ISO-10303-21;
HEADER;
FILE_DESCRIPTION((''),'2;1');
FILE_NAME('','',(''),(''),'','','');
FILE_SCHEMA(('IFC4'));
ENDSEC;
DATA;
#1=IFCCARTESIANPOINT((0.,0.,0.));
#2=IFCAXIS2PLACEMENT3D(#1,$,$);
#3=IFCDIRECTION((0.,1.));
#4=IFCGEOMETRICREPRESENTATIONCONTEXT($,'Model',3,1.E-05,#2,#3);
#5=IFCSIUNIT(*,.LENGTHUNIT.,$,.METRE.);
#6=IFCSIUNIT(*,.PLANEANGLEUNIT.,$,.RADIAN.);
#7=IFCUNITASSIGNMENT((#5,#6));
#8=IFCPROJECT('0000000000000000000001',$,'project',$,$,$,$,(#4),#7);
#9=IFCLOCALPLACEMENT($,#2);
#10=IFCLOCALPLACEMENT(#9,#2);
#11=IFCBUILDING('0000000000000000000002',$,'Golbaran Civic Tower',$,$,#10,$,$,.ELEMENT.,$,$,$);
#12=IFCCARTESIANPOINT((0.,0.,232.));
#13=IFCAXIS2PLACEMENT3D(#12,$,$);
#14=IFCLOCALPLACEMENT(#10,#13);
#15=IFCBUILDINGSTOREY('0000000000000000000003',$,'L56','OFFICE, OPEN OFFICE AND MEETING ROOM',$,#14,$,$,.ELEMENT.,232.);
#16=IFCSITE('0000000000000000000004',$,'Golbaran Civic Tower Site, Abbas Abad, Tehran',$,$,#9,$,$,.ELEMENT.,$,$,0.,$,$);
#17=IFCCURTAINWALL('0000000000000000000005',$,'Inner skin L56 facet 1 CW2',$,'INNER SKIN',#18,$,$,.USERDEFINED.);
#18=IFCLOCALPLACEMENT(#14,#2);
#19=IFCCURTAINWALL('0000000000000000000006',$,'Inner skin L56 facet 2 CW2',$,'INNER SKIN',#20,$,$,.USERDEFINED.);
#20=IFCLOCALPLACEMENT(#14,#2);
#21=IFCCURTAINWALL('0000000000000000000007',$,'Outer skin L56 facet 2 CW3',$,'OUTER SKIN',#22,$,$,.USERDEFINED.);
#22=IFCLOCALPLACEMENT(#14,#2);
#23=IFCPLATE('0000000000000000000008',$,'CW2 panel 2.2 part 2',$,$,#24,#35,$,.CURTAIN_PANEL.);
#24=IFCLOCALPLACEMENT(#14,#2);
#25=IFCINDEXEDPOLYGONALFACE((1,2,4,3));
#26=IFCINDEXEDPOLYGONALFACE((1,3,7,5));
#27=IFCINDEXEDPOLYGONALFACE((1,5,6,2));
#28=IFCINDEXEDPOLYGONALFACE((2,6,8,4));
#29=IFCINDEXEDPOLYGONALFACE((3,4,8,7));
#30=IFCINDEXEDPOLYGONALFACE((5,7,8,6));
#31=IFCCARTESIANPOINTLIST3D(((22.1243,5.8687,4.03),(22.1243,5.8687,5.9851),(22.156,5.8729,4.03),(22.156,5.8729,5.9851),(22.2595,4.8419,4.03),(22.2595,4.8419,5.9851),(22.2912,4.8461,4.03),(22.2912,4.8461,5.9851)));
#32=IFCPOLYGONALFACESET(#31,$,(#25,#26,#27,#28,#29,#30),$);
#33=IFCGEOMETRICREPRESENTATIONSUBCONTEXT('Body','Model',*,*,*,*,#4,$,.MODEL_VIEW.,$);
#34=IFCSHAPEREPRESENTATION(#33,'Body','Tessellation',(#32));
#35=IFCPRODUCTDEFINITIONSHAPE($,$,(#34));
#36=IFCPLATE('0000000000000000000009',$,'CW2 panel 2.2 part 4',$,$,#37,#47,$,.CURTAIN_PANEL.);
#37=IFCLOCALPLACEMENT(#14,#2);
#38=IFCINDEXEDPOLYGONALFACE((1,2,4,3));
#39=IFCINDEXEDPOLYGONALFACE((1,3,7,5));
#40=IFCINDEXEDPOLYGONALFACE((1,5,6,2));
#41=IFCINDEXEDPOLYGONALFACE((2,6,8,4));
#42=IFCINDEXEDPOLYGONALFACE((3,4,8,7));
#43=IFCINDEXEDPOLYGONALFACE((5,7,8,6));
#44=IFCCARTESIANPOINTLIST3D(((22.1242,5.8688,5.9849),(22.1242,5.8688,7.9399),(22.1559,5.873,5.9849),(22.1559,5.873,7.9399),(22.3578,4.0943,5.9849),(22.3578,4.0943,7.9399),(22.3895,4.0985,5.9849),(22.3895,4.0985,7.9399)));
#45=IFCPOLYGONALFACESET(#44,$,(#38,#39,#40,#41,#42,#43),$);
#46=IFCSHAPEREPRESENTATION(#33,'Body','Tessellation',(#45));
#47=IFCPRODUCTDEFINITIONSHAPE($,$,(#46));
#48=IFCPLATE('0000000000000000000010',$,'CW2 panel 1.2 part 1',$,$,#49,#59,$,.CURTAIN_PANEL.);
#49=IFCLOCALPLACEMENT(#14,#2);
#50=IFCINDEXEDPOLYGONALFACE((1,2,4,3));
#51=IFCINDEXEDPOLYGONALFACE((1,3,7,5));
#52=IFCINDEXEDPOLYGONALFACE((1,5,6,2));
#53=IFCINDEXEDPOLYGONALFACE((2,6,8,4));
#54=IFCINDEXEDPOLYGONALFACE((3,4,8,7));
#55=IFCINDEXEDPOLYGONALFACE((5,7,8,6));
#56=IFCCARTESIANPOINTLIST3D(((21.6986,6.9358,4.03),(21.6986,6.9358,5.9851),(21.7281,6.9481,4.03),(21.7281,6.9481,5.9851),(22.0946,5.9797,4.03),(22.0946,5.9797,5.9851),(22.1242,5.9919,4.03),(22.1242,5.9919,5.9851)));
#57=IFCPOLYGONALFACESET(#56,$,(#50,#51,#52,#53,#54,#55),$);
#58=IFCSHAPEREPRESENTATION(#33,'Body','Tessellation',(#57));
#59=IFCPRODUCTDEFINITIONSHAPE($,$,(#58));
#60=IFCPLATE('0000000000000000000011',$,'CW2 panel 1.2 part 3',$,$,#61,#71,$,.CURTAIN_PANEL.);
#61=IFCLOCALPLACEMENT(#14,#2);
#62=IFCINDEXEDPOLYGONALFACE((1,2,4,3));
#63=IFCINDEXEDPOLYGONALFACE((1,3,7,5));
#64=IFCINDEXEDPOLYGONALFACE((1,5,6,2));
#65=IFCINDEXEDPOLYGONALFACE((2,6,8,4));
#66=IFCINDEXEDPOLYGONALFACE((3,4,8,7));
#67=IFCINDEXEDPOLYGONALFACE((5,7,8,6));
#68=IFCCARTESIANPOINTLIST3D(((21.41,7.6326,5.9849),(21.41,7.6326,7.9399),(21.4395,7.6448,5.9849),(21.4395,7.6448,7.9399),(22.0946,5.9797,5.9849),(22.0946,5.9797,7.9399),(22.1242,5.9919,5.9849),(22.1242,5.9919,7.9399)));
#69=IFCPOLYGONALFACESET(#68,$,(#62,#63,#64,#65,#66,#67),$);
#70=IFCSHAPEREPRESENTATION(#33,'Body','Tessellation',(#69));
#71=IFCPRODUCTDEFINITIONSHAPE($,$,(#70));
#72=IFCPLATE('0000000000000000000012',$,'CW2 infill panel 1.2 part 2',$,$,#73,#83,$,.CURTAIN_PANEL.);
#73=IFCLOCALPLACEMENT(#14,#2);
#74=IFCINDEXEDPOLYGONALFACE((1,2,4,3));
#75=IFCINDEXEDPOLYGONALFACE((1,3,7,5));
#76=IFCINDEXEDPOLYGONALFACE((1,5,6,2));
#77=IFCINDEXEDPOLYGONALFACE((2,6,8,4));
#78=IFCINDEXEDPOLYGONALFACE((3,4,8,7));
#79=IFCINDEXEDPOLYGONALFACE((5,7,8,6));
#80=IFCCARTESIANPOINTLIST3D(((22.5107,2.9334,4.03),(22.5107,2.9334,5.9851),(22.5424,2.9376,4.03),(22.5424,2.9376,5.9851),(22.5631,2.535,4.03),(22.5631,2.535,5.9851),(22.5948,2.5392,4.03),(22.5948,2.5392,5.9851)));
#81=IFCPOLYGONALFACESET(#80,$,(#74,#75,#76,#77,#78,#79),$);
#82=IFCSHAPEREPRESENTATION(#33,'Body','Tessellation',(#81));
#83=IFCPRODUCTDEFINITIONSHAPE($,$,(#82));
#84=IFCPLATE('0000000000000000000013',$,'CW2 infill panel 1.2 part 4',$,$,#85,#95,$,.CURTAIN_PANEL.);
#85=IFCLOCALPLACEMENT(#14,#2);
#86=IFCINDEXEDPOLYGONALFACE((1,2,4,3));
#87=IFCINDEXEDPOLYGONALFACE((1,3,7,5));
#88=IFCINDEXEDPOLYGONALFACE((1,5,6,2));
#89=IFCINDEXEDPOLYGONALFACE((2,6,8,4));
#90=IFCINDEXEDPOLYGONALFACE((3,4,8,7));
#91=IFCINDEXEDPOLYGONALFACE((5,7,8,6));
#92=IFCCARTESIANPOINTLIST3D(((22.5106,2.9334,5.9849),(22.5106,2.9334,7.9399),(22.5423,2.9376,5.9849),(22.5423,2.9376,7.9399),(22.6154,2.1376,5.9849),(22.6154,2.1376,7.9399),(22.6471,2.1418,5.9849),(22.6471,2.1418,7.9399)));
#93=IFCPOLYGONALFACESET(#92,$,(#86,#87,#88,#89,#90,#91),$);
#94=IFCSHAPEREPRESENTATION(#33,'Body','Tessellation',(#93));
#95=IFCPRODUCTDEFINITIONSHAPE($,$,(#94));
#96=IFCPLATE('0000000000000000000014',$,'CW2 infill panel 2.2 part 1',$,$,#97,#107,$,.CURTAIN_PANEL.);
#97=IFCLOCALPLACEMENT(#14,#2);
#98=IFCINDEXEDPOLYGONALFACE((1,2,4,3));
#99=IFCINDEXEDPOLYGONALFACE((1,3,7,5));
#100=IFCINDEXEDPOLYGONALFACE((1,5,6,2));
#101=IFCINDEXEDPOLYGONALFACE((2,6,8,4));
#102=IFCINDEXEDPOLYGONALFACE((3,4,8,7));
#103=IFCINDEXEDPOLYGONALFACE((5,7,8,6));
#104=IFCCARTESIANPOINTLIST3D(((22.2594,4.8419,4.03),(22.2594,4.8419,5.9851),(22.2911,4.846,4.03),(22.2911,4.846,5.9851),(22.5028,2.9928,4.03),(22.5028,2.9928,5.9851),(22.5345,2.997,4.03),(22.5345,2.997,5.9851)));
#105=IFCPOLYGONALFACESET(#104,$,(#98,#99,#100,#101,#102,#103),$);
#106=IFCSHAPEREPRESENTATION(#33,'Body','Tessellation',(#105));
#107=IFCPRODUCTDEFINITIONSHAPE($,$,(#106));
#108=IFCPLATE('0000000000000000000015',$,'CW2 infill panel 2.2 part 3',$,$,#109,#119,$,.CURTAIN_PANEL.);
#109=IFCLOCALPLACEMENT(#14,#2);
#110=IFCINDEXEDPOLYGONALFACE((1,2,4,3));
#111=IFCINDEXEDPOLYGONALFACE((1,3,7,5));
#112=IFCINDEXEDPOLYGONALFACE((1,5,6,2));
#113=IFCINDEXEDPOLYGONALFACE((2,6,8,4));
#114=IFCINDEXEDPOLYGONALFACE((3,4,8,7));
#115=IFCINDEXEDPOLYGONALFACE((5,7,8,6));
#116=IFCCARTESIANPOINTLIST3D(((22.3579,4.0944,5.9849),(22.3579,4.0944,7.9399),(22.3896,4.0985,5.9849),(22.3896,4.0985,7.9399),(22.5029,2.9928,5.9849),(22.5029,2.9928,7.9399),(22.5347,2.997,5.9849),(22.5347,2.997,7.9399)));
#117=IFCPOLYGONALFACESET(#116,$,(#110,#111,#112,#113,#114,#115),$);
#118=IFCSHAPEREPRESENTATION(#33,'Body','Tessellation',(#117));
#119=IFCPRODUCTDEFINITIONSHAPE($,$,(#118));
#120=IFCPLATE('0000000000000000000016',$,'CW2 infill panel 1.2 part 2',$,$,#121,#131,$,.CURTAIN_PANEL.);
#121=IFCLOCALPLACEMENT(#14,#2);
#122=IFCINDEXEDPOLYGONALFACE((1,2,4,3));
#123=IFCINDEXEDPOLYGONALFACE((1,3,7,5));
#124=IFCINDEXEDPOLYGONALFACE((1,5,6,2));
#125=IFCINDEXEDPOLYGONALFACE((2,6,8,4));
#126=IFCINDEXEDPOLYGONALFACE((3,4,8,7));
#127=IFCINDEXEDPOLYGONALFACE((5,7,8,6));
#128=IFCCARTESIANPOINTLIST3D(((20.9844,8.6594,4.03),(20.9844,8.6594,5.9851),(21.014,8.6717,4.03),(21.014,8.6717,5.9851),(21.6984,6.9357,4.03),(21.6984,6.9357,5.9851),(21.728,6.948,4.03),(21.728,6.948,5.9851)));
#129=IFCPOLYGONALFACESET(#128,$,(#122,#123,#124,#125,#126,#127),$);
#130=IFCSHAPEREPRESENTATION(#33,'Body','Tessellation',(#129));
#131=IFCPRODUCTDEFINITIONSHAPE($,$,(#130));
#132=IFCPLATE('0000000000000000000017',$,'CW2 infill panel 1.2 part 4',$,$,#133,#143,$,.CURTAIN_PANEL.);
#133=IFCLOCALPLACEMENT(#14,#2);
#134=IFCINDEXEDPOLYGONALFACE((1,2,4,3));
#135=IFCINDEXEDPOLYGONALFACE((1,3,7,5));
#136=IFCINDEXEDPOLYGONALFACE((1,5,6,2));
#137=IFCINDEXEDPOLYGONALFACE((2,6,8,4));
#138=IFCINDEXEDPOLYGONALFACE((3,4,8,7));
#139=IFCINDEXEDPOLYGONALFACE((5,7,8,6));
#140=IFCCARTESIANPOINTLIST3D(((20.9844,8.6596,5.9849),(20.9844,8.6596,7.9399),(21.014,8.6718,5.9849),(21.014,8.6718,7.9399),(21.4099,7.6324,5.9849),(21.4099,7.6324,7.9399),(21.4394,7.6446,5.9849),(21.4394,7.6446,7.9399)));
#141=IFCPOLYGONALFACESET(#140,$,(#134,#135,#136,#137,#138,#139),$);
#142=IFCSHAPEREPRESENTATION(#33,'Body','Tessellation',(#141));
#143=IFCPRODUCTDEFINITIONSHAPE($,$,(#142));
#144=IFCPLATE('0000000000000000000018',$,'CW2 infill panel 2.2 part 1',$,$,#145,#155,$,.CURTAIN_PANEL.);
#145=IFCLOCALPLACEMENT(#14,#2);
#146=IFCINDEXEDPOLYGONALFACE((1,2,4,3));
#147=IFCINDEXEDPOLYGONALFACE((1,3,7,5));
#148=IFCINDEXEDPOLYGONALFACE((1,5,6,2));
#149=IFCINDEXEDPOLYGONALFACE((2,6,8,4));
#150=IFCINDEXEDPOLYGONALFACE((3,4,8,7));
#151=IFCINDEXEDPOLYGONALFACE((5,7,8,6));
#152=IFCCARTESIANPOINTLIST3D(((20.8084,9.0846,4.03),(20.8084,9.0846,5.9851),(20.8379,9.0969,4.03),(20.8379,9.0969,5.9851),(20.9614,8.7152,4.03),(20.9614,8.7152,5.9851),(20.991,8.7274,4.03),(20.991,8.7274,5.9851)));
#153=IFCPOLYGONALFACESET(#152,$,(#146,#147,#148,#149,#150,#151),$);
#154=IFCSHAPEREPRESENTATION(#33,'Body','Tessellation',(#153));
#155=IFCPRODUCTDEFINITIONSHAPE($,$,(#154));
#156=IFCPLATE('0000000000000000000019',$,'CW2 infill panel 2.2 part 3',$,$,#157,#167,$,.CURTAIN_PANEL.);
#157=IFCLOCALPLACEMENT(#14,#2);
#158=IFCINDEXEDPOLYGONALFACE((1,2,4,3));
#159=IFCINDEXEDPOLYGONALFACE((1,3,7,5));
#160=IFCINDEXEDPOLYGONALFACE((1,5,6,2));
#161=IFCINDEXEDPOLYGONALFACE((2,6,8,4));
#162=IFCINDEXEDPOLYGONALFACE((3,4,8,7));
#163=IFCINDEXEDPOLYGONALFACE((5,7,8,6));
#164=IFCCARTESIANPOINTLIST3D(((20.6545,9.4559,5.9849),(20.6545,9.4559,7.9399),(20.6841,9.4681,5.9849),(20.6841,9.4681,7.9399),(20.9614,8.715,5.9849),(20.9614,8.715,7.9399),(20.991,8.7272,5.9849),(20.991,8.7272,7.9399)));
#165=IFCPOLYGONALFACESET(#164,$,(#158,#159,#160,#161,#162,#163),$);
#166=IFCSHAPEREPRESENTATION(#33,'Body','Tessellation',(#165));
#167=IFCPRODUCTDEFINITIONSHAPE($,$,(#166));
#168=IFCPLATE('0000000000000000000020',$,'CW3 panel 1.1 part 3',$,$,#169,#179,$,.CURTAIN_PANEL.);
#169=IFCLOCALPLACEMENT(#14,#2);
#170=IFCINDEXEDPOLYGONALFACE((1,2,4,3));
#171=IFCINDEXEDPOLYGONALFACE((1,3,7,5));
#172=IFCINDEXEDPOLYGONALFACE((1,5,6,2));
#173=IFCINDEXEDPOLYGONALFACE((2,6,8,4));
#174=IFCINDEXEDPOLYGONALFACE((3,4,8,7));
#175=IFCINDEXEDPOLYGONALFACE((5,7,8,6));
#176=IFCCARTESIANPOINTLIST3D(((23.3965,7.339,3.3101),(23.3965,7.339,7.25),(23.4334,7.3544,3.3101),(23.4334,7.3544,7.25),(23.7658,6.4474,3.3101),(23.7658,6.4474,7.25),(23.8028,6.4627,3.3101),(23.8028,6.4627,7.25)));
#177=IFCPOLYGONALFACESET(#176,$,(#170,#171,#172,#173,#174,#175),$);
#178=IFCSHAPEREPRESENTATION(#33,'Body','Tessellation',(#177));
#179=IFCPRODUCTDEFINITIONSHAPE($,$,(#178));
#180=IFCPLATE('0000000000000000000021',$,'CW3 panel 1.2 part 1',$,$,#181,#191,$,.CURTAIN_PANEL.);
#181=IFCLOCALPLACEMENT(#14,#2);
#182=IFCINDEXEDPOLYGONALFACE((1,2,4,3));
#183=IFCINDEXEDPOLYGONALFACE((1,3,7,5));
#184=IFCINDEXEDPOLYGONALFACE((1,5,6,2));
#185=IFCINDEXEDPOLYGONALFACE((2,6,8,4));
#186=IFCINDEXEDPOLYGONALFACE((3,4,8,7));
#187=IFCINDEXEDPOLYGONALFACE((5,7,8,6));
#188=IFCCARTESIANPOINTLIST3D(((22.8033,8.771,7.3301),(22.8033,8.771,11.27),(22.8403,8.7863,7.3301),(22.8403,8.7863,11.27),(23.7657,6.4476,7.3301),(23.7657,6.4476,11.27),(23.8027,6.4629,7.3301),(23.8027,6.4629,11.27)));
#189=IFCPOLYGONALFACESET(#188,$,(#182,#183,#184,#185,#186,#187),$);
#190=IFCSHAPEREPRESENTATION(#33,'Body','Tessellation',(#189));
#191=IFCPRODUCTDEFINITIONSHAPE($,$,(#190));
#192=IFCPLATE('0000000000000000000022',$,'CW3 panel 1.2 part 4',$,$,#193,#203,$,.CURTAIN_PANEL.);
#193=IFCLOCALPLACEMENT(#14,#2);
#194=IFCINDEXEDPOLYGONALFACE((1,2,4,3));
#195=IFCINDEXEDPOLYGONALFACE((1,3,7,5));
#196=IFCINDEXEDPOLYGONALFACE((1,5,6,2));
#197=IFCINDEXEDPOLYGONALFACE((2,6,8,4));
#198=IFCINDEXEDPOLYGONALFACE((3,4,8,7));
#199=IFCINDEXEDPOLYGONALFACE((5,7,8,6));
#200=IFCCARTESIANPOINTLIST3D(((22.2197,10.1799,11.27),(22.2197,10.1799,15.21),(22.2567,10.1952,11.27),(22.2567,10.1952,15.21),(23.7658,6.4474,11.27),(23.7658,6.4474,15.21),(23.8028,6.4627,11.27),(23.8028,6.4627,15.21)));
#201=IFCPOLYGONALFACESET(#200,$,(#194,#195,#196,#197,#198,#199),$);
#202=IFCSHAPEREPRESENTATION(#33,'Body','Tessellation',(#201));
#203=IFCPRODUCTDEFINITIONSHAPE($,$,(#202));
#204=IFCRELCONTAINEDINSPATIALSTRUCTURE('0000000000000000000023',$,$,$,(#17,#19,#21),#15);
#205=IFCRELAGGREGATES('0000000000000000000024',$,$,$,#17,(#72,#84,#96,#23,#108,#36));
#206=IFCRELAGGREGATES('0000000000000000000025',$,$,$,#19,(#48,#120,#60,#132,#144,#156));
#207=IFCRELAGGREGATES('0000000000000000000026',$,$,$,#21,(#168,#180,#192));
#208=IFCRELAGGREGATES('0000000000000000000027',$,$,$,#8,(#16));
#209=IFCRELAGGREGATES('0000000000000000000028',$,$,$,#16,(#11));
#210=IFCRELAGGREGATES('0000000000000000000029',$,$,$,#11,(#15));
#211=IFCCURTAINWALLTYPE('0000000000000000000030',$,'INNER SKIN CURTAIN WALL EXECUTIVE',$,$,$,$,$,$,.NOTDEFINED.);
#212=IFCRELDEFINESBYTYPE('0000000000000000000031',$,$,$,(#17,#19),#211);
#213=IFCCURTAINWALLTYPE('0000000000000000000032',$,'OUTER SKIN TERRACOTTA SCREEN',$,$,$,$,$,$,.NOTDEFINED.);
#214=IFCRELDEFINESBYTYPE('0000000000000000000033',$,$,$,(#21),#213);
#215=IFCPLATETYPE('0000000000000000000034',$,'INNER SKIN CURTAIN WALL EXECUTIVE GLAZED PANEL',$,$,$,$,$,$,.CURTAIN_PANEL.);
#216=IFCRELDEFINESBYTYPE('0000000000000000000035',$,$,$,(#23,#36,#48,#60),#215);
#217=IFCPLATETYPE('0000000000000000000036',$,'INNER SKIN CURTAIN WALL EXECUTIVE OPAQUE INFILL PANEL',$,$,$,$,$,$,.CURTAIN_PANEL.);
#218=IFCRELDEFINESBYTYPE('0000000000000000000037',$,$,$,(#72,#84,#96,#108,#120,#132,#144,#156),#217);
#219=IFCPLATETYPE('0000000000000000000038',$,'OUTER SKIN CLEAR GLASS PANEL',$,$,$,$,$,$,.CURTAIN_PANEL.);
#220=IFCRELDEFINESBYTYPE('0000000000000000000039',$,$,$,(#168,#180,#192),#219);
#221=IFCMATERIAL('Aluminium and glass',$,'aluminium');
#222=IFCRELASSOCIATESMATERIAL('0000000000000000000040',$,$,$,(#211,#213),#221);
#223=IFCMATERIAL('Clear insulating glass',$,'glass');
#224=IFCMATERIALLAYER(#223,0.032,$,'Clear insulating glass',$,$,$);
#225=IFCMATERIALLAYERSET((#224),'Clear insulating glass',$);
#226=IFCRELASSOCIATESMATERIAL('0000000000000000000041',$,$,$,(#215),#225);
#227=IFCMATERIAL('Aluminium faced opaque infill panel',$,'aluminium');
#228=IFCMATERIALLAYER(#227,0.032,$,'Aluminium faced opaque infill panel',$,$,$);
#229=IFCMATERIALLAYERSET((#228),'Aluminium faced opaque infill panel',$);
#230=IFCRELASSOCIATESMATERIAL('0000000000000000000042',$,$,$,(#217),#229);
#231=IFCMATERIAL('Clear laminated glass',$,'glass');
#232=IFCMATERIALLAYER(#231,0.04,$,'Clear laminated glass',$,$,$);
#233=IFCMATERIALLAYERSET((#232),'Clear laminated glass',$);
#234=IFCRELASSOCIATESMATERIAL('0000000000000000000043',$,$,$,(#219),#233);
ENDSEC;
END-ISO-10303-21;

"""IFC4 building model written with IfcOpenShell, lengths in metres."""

from ifc_helpers import new_model, si_unit, direction, frame, origin, origin_2d, place, context, subcontext, project, spatial, rectangle, extrude, material, layer, layer_set, type_object, element, aggregate, save


model = new_model("IFC4")

# Units and contexts
model_context = context("Model", 3, precision=1e-05, world=origin(), true_north=direction((0.0, 1.0)))
body_context = subcontext(model_context, "Body", "Model", "MODEL_VIEW")
ifc_project = project(units=[si_unit("LENGTHUNIT", "METRE"), si_unit("PLANEANGLEUNIT", "RADIAN")], contexts=[model_context])

# Site, building, storey
site_placement = place(None, origin())
site = spatial("IfcSite", under=ifc_project, at=site_placement, Name="Golbaran Civic Tower Site, Abbas Abad, Tehran", CompositionType="ELEMENT", RefElevation=0.0)
building_placement = place(site_placement, origin())
building = spatial("IfcBuilding", under=site, at=building_placement, Name="Golbaran Civic Tower", CompositionType="ELEMENT")
storey_placement = place(building_placement, frame((0.0, 0.0, 232.0)))
storey = spatial("IfcBuildingStorey", under=building, at=storey_placement, Name="L56", Description="OFFICE, OPEN OFFICE AND MEETING ROOM", CompositionType="ELEMENT", Elevation=232.0)

# Curtain walls
ifc_material_1 = material(Name="Aluminium and glass", Category="aluminium")
curtain_wall_type_1 = type_object("IfcCurtainWallType", Name="INNER SKIN CURTAIN WALL EXECUTIVE", PredefinedType="NOTDEFINED", material=ifc_material_1)
curtain_wall_1_placement = place(storey_placement, origin())
curtain_wall_1 = element("IfcCurtainWall", 1, at=curtain_wall_1_placement, inside=storey, type_object=curtain_wall_type_1, Name="Inner skin L56 facet 1 CW2", ObjectType="INNER SKIN", PredefinedType="USERDEFINED")
curtain_wall_2_placement = place(storey_placement, origin())
curtain_wall_2 = element("IfcCurtainWall", 2, at=curtain_wall_2_placement, inside=storey, type_object=curtain_wall_type_1, Name="Inner skin L56 facet 2 CW2", ObjectType="INNER SKIN", PredefinedType="USERDEFINED")
curtain_wall_type_2 = type_object("IfcCurtainWallType", Name="OUTER SKIN TERRACOTTA SCREEN", PredefinedType="NOTDEFINED", material=ifc_material_1)
curtain_wall_3_placement = place(storey_placement, origin())
curtain_wall_3 = element("IfcCurtainWall", 3, at=curtain_wall_3_placement, inside=storey, type_object=curtain_wall_type_2, Name="Outer skin L56 facet 2 CW3", ObjectType="OUTER SKIN", PredefinedType="USERDEFINED")

# Plates
ifc_material_2 = material(Name="Clear insulating glass", Category="glass")
ifc_layer_1 = layer(ifc_material_2, 0.032, Name="Clear insulating glass")
ifc_layer_set_1 = layer_set([ifc_layer_1], Name="Clear insulating glass")
plate_type_1 = type_object("IfcPlateType", Name="INNER SKIN CURTAIN WALL EXECUTIVE GLAZED PANEL", PredefinedType="CURTAIN_PANEL", material=ifc_layer_set_1)
plate_1_placement = place(storey_placement, frame((22.2078, 5.3574, 4.03), z_axis=(0.0, 0.0, 1.0), x_axis=(-0.130526, 0.991445, 0.0)))
plate_1 = element("IfcPlate", 4, at=plate_1_placement, type_object=plate_type_1, Name="CW2 panel 2.2 part 2", PredefinedType="CURTAIN_PANEL", context=body_context, shape_type="SweptSolid", body=[
    extrude(rectangle(XDim=1.0356, YDim=0.032, at=origin_2d()), origin(), (0.0, 0.0, 1.0), 1.9551),
])
plate_2_placement = place(storey_placement, frame((22.2568, 4.9836, 5.9849), z_axis=(0.0, 0.0, 1.0), x_axis=(-0.130526, 0.991445, 0.0)))
plate_2 = element("IfcPlate", 5, at=plate_2_placement, type_object=plate_type_1, Name="CW2 panel 2.2 part 4", PredefinedType="CURTAIN_PANEL", context=body_context, shape_type="SweptSolid", body=[
    extrude(rectangle(XDim=1.7898, YDim=0.032, at=origin_2d()), origin(), (0.0, 0.0, 1.0), 1.9551),
])
plate_3_placement = place(storey_placement, frame((21.9114, 6.4639, 4.03), z_axis=(0.0, 0.0, 1.0), x_axis=(-0.382683, 0.92388, 0.0)))
plate_3 = element("IfcPlate", 6, at=plate_3_placement, type_object=plate_type_1, Name="CW2 panel 1.2 part 1", PredefinedType="CURTAIN_PANEL", context=body_context, shape_type="SweptSolid", body=[
    extrude(rectangle(XDim=1.0349, YDim=0.032, at=origin_2d()), origin(), (0.0, 0.0, 1.0), 1.9551),
])
plate_4_placement = place(storey_placement, frame((21.7671, 6.8123, 5.9849), z_axis=(0.0, 0.0, 1.0), x_axis=(-0.382683, 0.92388, 0.0)))
plate_4 = element("IfcPlate", 7, at=plate_4_placement, type_object=plate_type_1, Name="CW2 panel 1.2 part 3", PredefinedType="CURTAIN_PANEL", context=body_context, shape_type="SweptSolid", body=[
    extrude(rectangle(XDim=1.7891, YDim=0.032, at=origin_2d()), origin(), (0.0, 0.0, 1.0), 1.9551),
])
ifc_material_3 = material(Name="Aluminium faced opaque infill panel", Category="aluminium")
ifc_layer_2 = layer(ifc_material_3, 0.032, Name="Aluminium faced opaque infill panel")
ifc_layer_set_2 = layer_set([ifc_layer_2], Name="Aluminium faced opaque infill panel")
plate_type_2 = type_object("IfcPlateType", Name="INNER SKIN CURTAIN WALL EXECUTIVE OPAQUE INFILL PANEL", PredefinedType="CURTAIN_PANEL", material=ifc_layer_set_2)
plate_5_placement = place(storey_placement, frame((22.5527, 2.7363, 4.03), z_axis=(0.0, 0.0, 1.0), x_axis=(-0.130526, 0.991445, 0.0)))
plate_5 = element("IfcPlate", 8, at=plate_5_placement, type_object=plate_type_2, Name="CW2 infill panel 1.2 part 2", PredefinedType="CURTAIN_PANEL", context=body_context, shape_type="SweptSolid", body=[
    extrude(rectangle(XDim=0.4019, YDim=0.032, at=origin_2d()), origin(), (0.0, 0.0, 1.0), 1.9551),
])
plate_6_placement = place(storey_placement, frame((22.5789, 2.5376, 5.9849), z_axis=(0.0, 0.0, 1.0), x_axis=(-0.130526, 0.991445, 0.0)))
plate_6 = element("IfcPlate", 9, at=plate_6_placement, type_object=plate_type_2, Name="CW2 infill panel 1.2 part 4", PredefinedType="CURTAIN_PANEL", context=body_context, shape_type="SweptSolid", body=[
    extrude(rectangle(XDim=0.8027, YDim=0.032, at=origin_2d()), origin(), (0.0, 0.0, 1.0), 1.9551),
])
plate_7_placement = place(storey_placement, frame((22.397, 3.9194, 4.03), z_axis=(0.0, 0.0, 1.0), x_axis=(-0.130526, 0.991445, 0.0)))
plate_7 = element("IfcPlate", 10, at=plate_7_placement, type_object=plate_type_2, Name="CW2 infill panel 2.2 part 1", PredefinedType="CURTAIN_PANEL", context=body_context, shape_type="SweptSolid", body=[
    extrude(rectangle(XDim=1.865, YDim=0.032, at=origin_2d()), origin(), (0.0, 0.0, 1.0), 1.9551),
])
plate_8_placement = place(storey_placement, frame((22.4463, 3.5457, 5.9849), z_axis=(0.0, 0.0, 1.0), x_axis=(-0.130526, 0.991445, 0.0)))
plate_8 = element("IfcPlate", 11, at=plate_8_placement, type_object=plate_type_2, Name="CW2 infill panel 2.2 part 3", PredefinedType="CURTAIN_PANEL", context=body_context, shape_type="SweptSolid", body=[
    extrude(rectangle(XDim=1.1111, YDim=0.032, at=origin_2d()), origin(), (0.0, 0.0, 1.0), 1.9551),
])
aggregate(curtain_wall_1, [plate_5, plate_6, plate_7, plate_1, plate_8, plate_2])
plate_9_placement = place(storey_placement, frame((21.3562, 7.8037, 4.03), z_axis=(0.0, 0.0, 1.0), x_axis=(-0.382683, 0.92388, 0.0)))
plate_9 = element("IfcPlate", 12, at=plate_9_placement, type_object=plate_type_2, Name="CW2 infill panel 1.2 part 2", PredefinedType="CURTAIN_PANEL", context=body_context, shape_type="SweptSolid", body=[
    extrude(rectangle(XDim=1.8657, YDim=0.032, at=origin_2d()), origin(), (0.0, 0.0, 1.0), 1.9551),
])
plate_10_placement = place(storey_placement, frame((21.2119, 8.1521, 5.9849), z_axis=(0.0, 0.0, 1.0), x_axis=(-0.382683, 0.92388, 0.0)))
plate_10 = element("IfcPlate", 13, at=plate_10_placement, type_object=plate_type_2, Name="CW2 infill panel 1.2 part 4", PredefinedType="CURTAIN_PANEL", context=body_context, shape_type="SweptSolid", body=[
    extrude(rectangle(XDim=1.1118, YDim=0.032, at=origin_2d()), origin(), (0.0, 0.0, 1.0), 1.9551),
])
plate_11_placement = place(storey_placement, frame((20.8997, 8.906, 4.03), z_axis=(0.0, 0.0, 1.0), x_axis=(-0.382683, 0.92388, 0.0)))
plate_11 = element("IfcPlate", 14, at=plate_11_placement, type_object=plate_type_2, Name="CW2 infill panel 2.2 part 1", PredefinedType="CURTAIN_PANEL", context=body_context, shape_type="SweptSolid", body=[
    extrude(rectangle(XDim=0.3999, YDim=0.032, at=origin_2d()), origin(), (0.0, 0.0, 1.0), 1.9551),
])
plate_12_placement = place(storey_placement, frame((20.8228, 9.0916, 5.9849), z_axis=(0.0, 0.0, 1.0), x_axis=(-0.382683, 0.92388, 0.0)))
plate_12 = element("IfcPlate", 15, at=plate_12_placement, type_object=plate_type_2, Name="CW2 infill panel 2.2 part 3", PredefinedType="CURTAIN_PANEL", context=body_context, shape_type="SweptSolid", body=[
    extrude(rectangle(XDim=0.802, YDim=0.032, at=origin_2d()), origin(), (0.0, 0.0, 1.0), 1.9551),
])
aggregate(curtain_wall_2, [plate_3, plate_9, plate_4, plate_10, plate_11, plate_12])
ifc_material_4 = material(Name="Clear laminated glass", Category="glass")
ifc_layer_3 = layer(ifc_material_4, 0.04, Name="Clear laminated glass")
ifc_layer_set_3 = layer_set([ifc_layer_3], Name="Clear laminated glass")
plate_type_3 = type_object("IfcPlateType", Name="OUTER SKIN CLEAR GLASS PANEL", PredefinedType="CURTAIN_PANEL", material=ifc_layer_set_3)
plate_13_placement = place(storey_placement, frame((23.5996, 6.9009, 3.3101), z_axis=(0.0, 0.0, 1.0), x_axis=(-0.382683, 0.92388, 0.0)))
plate_13 = element("IfcPlate", 16, at=plate_13_placement, type_object=plate_type_3, Name="CW3 panel 1.1 part 3", PredefinedType="CURTAIN_PANEL", context=body_context, shape_type="SweptSolid", body=[
    extrude(rectangle(XDim=0.9651, YDim=0.04, at=origin_2d()), origin(), (0.0, 0.0, 1.0), 3.9399),
])
plate_14_placement = place(storey_placement, frame((23.303, 7.6169, 7.3301), z_axis=(0.0, 0.0, 1.0), x_axis=(-0.382683, 0.92388, 0.0)))
plate_14 = element("IfcPlate", 17, at=plate_14_placement, type_object=plate_type_3, Name="CW3 panel 1.2 part 1", PredefinedType="CURTAIN_PANEL", context=body_context, shape_type="SweptSolid", body=[
    extrude(rectangle(XDim=2.5149, YDim=0.04, at=origin_2d()), origin(), (0.0, 0.0, 1.0), 3.9399),
])
plate_15_placement = place(storey_placement, frame((23.0112, 8.3213, 11.27), z_axis=(0.0, 0.0, 1.0), x_axis=(-0.382683, 0.92388, 0.0)))
plate_15 = element("IfcPlate", 18, at=plate_15_placement, type_object=plate_type_3, Name="CW3 panel 1.2 part 4", PredefinedType="CURTAIN_PANEL", context=body_context, shape_type="SweptSolid", body=[
    extrude(rectangle(XDim=4.04, YDim=0.04, at=origin_2d()), origin(), (0.0, 0.0, 1.0), 3.9399),
])
aggregate(curtain_wall_3, [plate_13, plate_14, plate_15])

save(model, "model.ifc")
